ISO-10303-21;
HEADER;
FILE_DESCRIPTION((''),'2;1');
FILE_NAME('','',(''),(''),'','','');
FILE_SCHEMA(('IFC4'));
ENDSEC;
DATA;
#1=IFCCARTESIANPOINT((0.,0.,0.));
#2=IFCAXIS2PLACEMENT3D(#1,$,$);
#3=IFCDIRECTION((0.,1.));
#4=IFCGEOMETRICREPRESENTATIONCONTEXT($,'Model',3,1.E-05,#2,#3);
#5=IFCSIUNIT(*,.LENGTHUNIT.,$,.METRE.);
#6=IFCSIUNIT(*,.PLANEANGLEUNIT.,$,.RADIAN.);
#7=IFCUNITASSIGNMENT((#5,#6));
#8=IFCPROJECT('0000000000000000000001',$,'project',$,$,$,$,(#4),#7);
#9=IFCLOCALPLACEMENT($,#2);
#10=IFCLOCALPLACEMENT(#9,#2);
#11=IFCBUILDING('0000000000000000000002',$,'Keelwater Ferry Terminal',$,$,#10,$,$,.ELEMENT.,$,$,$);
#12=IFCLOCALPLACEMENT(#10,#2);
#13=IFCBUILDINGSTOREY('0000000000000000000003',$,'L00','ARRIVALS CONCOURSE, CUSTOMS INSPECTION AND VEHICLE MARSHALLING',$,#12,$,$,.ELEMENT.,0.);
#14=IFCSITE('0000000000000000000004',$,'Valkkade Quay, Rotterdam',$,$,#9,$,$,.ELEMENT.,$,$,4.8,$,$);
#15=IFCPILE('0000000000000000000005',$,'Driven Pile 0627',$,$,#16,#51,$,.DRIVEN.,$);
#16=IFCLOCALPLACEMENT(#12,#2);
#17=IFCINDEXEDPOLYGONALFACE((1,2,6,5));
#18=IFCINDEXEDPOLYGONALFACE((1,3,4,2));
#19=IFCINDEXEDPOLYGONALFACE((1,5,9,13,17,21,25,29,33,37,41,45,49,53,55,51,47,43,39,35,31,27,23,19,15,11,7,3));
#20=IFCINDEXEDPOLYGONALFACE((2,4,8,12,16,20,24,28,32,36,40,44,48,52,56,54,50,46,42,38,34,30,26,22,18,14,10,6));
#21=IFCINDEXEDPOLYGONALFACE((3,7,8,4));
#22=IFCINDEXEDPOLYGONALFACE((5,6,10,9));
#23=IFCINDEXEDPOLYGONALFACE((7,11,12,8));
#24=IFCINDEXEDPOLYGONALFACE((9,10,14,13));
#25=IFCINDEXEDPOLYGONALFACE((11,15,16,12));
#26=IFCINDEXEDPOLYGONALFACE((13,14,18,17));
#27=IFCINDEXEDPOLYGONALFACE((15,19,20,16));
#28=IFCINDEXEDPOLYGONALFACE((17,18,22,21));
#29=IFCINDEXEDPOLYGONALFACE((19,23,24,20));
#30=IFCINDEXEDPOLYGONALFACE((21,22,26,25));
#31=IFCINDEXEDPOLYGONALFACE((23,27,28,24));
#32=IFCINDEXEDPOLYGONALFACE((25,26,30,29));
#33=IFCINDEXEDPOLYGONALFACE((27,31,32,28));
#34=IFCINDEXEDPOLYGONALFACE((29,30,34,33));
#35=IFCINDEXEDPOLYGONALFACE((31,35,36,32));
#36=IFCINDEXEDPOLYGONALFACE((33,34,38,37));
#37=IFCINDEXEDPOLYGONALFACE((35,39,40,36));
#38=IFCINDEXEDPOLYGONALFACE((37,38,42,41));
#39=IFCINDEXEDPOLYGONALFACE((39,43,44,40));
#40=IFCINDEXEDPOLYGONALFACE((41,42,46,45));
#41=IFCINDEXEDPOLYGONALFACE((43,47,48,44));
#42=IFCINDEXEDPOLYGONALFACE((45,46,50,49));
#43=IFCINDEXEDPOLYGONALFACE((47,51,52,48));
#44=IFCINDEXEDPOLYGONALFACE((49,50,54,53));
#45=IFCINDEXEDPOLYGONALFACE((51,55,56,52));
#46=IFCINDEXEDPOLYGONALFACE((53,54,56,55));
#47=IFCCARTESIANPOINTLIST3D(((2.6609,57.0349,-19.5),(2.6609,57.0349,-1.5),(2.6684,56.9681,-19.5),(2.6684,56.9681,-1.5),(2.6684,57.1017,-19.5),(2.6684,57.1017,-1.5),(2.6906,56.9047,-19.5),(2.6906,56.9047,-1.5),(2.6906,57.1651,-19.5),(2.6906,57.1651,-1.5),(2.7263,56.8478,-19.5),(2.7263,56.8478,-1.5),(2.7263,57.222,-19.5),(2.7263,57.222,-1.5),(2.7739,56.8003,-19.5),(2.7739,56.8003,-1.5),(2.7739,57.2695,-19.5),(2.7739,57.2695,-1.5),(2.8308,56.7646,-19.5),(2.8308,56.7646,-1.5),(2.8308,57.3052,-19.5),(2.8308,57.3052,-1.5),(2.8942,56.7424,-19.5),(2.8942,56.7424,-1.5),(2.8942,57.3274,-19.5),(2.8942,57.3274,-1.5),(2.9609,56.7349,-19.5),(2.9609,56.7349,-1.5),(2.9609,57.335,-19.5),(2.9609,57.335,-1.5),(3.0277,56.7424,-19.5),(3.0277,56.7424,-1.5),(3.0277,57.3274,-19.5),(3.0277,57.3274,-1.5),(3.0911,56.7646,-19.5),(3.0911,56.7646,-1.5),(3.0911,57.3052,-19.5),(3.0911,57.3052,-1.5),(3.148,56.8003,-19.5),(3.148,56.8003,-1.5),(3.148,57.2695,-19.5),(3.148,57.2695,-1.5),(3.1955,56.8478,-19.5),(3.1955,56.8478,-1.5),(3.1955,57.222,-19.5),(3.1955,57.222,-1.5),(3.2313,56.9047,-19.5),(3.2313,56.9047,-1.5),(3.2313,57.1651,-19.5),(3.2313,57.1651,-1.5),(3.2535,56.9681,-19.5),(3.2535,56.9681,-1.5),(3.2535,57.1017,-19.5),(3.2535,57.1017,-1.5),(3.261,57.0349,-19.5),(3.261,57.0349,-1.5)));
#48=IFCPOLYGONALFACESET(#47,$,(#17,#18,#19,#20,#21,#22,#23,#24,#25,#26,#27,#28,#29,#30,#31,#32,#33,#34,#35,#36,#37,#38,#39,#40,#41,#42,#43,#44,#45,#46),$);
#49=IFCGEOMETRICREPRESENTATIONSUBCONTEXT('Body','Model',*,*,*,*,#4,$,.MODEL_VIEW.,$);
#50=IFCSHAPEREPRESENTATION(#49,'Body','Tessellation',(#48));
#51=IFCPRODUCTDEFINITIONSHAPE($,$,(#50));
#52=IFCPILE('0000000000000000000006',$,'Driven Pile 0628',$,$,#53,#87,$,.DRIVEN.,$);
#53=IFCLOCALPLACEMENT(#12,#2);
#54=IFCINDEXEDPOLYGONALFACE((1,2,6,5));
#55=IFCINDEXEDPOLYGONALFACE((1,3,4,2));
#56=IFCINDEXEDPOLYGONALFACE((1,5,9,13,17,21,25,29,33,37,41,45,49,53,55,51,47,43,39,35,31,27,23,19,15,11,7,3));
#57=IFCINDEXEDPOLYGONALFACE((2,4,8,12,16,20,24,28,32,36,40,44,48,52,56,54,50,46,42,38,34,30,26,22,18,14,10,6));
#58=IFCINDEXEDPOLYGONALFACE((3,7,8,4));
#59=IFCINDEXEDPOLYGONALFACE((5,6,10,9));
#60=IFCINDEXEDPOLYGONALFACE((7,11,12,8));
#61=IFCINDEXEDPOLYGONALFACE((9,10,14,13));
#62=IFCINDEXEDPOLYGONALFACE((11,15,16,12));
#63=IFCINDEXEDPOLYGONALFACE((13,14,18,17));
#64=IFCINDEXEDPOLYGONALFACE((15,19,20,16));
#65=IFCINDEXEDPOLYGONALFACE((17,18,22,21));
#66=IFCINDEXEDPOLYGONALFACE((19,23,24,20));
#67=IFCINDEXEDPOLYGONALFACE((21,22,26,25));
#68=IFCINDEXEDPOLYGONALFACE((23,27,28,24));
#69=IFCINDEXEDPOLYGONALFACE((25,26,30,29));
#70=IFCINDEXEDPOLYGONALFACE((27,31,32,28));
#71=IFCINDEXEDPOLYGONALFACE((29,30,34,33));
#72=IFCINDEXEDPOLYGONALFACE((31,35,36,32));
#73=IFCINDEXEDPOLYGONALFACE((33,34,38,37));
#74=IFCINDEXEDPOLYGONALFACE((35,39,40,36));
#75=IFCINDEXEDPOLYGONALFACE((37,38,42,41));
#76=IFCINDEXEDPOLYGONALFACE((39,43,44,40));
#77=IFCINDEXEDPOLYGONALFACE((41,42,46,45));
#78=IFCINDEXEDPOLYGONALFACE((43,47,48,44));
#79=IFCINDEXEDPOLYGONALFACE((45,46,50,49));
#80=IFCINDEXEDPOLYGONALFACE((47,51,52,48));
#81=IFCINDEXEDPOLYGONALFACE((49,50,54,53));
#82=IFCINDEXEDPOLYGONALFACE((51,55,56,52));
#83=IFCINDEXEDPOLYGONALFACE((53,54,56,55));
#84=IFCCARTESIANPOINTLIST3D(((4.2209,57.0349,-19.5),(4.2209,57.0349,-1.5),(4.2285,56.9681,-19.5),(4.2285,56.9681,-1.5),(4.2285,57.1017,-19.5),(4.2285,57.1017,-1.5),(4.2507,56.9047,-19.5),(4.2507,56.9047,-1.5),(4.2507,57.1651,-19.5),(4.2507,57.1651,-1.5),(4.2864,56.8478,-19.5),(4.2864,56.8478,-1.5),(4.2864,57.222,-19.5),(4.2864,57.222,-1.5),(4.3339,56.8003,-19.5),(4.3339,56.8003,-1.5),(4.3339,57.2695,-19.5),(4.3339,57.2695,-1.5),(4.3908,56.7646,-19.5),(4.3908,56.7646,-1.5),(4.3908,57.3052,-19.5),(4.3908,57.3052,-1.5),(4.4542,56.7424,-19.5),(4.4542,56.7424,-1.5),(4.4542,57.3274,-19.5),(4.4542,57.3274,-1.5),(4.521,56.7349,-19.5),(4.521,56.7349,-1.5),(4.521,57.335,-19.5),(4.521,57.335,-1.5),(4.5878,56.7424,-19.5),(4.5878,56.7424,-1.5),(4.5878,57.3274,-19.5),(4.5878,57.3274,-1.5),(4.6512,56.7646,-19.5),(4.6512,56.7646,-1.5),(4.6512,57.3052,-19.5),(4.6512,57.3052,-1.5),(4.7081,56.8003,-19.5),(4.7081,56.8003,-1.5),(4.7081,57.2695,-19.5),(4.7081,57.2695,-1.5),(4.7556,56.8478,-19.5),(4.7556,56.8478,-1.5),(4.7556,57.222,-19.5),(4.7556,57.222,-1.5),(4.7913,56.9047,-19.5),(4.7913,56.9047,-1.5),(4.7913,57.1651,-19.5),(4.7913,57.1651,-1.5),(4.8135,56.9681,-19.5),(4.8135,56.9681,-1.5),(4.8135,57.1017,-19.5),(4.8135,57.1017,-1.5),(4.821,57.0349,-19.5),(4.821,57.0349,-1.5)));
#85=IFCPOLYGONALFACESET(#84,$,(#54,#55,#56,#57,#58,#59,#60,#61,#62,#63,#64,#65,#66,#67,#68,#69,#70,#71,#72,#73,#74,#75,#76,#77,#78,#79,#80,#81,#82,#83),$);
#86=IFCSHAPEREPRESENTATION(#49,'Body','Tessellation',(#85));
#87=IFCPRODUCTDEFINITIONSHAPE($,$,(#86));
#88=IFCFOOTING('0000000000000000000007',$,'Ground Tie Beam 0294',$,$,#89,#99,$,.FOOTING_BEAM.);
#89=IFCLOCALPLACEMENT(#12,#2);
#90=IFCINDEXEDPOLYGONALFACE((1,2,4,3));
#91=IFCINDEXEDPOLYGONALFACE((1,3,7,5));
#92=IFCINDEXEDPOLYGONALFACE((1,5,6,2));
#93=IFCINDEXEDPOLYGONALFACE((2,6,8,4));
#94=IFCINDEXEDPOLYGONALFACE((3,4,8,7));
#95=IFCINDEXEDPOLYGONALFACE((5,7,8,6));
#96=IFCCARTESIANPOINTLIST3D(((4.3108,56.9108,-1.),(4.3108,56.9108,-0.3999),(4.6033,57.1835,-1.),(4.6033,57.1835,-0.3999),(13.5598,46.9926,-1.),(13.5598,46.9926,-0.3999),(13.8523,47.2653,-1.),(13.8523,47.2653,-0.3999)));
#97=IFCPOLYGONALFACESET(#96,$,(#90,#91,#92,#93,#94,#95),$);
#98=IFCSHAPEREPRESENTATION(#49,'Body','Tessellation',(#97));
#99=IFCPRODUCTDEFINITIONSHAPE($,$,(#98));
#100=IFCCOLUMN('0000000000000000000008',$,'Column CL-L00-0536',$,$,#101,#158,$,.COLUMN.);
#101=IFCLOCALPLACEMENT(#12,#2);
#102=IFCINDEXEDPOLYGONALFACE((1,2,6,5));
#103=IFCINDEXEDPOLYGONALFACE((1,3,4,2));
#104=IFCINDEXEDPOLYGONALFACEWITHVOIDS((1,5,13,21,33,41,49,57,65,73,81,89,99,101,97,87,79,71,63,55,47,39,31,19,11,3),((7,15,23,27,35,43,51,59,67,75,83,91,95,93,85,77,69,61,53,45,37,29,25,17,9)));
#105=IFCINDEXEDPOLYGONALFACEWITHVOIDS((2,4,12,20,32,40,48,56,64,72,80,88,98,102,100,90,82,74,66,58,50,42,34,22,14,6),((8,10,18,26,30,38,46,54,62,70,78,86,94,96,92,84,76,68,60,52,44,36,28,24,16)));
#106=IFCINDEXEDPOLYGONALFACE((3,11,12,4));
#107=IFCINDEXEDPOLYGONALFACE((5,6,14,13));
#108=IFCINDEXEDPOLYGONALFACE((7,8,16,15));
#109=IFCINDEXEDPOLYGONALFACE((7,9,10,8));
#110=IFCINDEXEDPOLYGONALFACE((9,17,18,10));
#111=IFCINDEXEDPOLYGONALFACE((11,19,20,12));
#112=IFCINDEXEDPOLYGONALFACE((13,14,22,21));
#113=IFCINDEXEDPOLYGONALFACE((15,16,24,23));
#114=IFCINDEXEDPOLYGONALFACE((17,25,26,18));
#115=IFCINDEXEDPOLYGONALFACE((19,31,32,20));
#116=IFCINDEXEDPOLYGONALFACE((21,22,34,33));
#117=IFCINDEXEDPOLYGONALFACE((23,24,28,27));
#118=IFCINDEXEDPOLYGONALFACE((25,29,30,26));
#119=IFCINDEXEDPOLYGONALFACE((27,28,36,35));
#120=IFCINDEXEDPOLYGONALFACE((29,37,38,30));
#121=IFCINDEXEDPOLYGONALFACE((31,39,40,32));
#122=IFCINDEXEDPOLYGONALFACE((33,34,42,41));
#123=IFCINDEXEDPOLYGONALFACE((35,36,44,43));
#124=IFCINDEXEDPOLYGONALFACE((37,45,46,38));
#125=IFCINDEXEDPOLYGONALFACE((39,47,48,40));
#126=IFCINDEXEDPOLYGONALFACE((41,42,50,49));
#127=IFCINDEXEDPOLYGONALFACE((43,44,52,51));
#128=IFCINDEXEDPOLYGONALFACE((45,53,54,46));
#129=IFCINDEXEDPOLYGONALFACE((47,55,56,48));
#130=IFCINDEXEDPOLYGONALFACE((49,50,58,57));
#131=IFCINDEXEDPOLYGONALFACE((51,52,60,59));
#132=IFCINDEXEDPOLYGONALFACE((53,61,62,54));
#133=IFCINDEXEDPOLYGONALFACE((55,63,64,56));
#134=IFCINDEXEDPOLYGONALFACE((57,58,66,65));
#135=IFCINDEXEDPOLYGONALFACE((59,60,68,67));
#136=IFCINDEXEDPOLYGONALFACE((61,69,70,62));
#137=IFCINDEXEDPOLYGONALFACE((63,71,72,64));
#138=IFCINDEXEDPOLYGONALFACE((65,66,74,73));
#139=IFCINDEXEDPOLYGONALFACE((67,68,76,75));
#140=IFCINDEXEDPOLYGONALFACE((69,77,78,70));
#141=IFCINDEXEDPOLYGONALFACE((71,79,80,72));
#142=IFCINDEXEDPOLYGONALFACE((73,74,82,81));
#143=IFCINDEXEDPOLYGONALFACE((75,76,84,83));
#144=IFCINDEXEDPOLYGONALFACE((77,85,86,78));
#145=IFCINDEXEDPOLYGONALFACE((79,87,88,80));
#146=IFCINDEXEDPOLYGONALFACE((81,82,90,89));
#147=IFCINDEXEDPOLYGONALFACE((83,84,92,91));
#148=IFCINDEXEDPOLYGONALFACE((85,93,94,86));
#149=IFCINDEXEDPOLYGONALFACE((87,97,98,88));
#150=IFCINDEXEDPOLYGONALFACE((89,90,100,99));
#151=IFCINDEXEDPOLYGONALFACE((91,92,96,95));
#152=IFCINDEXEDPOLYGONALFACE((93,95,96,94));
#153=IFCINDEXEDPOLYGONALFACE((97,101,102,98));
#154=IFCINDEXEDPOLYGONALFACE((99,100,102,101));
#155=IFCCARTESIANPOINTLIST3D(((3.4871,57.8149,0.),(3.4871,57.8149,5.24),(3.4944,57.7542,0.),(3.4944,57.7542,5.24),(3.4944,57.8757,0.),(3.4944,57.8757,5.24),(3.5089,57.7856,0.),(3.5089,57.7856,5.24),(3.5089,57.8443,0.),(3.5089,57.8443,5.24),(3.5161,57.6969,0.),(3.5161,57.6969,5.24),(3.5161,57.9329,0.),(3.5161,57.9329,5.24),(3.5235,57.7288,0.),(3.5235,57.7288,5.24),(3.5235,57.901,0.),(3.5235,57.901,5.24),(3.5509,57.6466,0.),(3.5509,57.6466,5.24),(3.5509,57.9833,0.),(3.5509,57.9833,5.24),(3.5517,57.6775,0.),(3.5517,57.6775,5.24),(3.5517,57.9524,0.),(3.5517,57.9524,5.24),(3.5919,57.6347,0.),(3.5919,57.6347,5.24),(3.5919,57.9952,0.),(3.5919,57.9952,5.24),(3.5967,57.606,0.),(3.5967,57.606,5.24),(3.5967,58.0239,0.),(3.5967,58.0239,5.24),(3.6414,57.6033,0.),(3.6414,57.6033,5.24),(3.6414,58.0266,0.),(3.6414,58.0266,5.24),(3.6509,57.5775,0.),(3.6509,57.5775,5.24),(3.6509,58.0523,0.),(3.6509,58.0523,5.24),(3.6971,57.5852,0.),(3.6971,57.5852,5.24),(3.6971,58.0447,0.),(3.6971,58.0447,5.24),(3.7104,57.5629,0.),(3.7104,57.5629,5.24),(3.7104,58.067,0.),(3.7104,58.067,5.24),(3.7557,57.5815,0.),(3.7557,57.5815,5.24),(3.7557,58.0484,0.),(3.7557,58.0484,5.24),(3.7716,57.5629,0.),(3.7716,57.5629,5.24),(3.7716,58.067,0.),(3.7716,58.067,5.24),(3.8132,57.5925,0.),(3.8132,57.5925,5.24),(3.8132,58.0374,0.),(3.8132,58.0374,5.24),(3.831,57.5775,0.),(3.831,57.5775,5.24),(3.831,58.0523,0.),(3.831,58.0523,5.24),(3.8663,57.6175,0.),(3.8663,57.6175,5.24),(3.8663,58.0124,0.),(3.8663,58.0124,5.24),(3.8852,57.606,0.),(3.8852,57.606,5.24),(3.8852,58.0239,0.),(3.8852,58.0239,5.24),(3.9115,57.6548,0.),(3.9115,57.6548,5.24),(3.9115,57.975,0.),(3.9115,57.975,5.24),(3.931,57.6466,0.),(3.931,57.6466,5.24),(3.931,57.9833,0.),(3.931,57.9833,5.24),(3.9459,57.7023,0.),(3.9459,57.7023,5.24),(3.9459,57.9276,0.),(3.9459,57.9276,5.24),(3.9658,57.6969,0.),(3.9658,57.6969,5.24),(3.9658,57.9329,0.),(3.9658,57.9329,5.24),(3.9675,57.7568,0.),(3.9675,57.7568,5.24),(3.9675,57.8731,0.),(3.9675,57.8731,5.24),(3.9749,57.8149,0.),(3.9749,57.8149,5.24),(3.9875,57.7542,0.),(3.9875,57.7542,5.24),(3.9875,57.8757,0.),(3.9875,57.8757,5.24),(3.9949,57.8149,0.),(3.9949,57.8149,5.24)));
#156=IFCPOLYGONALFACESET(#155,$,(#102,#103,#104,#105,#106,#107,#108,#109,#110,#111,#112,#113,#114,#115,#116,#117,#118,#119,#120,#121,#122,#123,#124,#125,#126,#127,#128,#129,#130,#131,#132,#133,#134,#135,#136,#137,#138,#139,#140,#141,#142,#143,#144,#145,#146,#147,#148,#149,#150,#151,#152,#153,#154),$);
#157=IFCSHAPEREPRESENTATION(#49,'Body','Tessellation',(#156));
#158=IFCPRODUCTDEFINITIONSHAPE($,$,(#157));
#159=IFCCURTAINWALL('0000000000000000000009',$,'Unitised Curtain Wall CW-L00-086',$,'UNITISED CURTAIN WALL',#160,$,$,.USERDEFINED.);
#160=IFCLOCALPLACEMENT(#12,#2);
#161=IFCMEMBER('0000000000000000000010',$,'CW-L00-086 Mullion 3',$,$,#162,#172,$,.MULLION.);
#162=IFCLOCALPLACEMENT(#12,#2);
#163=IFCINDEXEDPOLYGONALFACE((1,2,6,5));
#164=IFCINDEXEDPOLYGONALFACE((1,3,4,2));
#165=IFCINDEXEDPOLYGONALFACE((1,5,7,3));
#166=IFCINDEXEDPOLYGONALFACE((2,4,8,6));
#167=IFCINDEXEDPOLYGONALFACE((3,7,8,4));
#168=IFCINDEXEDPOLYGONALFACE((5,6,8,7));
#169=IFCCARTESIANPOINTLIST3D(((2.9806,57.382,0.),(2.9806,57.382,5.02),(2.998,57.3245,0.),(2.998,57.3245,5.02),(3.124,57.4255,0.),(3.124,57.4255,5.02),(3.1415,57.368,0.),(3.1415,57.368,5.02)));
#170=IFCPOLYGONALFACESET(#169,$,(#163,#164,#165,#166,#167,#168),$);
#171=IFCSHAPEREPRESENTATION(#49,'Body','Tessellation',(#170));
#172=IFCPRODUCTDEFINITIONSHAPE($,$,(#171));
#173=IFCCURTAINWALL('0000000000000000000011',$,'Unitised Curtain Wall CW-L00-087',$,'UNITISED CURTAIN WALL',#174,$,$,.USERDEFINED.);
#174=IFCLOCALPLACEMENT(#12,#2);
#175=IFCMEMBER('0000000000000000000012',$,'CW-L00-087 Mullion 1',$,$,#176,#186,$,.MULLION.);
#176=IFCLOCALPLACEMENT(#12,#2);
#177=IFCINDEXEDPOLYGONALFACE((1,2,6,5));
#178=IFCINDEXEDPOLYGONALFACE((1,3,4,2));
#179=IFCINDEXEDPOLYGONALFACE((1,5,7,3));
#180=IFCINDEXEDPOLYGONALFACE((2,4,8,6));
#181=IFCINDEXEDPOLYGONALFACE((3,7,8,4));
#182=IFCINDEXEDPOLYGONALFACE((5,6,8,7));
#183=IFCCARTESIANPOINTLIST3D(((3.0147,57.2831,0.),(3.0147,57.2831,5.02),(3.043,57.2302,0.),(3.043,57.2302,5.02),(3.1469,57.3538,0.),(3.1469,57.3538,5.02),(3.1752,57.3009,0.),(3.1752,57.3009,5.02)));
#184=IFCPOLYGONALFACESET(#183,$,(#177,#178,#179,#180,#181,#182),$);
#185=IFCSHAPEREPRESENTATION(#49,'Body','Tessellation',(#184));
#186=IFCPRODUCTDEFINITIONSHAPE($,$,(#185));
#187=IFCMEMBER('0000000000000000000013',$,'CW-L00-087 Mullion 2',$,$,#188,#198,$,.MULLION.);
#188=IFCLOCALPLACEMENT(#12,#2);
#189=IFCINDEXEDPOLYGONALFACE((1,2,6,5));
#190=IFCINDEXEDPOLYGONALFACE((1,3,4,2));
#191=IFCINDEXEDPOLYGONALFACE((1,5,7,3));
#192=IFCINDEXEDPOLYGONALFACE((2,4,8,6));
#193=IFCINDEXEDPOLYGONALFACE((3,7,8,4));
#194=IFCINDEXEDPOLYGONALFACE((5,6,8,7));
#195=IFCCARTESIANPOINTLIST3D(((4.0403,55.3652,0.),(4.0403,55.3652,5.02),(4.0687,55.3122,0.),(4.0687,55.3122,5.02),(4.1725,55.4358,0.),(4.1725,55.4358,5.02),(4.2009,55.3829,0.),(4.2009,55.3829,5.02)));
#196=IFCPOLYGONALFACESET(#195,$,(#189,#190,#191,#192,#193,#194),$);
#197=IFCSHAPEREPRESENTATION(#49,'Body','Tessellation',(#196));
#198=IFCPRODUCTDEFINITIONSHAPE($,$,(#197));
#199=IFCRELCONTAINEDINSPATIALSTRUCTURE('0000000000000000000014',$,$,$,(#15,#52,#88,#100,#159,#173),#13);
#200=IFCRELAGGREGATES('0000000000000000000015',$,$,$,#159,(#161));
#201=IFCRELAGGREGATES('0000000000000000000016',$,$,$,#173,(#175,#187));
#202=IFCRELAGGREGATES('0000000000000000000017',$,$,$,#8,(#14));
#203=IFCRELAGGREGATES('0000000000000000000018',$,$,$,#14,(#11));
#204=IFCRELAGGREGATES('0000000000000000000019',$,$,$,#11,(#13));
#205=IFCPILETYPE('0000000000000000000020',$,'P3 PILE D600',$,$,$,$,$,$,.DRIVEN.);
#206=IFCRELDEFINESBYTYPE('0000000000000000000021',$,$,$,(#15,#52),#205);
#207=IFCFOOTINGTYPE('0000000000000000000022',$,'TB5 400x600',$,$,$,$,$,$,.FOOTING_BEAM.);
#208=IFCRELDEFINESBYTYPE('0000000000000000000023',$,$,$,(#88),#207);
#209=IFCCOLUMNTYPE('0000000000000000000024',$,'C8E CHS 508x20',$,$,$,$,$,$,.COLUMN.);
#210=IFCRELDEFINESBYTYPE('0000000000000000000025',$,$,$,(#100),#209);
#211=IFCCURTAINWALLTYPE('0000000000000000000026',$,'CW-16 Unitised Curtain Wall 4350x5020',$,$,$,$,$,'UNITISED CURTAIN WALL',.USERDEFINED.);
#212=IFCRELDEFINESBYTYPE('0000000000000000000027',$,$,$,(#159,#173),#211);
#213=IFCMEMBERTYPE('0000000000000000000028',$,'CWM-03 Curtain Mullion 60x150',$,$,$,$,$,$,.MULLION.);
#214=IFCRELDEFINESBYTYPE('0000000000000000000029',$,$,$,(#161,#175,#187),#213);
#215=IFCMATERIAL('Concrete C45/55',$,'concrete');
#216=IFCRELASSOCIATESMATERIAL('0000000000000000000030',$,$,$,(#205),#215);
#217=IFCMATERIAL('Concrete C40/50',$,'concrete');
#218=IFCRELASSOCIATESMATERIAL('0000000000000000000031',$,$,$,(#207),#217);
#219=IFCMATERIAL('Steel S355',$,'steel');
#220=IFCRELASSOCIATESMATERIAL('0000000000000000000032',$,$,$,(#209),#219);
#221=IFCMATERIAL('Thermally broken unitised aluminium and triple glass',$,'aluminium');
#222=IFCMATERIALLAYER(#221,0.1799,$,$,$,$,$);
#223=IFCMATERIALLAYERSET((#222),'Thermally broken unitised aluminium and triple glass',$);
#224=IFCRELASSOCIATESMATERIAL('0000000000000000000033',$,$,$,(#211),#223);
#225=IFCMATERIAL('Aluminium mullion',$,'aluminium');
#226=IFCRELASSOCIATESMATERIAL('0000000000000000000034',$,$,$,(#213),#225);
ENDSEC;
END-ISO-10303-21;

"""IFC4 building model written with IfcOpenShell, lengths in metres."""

from ifc_helpers import new_model, si_unit, direction, frame, origin, origin_2d, place, context, subcontext, project, spatial, rectangle, circle, hollow_circle, extrude, material, layer, layer_set, material_profile, profile_set, type_object, element, aggregate, save


model = new_model("IFC4")

# Units and contexts
model_context = context("Model", 3, precision=1e-05, world=origin(), true_north=direction((0.0, 1.0)))
body_context = subcontext(model_context, "Body", "Model", "MODEL_VIEW")
ifc_project = project(units=[si_unit("LENGTHUNIT", "METRE"), si_unit("PLANEANGLEUNIT", "RADIAN")], contexts=[model_context])

# Site, building, storey
site_placement = place(None, origin())
site = spatial("IfcSite", under=ifc_project, at=site_placement, Name="Valkkade Quay, Rotterdam", CompositionType="ELEMENT", RefElevation=4.8)
building_placement = place(site_placement, origin())
building = spatial("IfcBuilding", under=site, at=building_placement, Name="Keelwater Ferry Terminal", CompositionType="ELEMENT")
storey_placement = place(building_placement, origin())
storey = spatial("IfcBuildingStorey", under=building, at=storey_placement, Name="L00", Description="ARRIVALS CONCOURSE, CUSTOMS INSPECTION AND VEHICLE MARSHALLING", CompositionType="ELEMENT", Elevation=0.0)

# Piles
ifc_material_1 = material(Name="Concrete C45/55", Category="concrete")
ifc_material_profile_1 = material_profile(ifc_material_1, circle(Radius=0.3, at=origin_2d()), Name="PILE D600")
ifc_profile_set_1 = profile_set([ifc_material_profile_1], Name="Concrete C45/55")
pile_type = type_object("IfcPileType", Name="P3 PILE D600", PredefinedType="DRIVEN", material=ifc_profile_set_1)
for number, where, z_axis, x_axis, name in (
    (1, (2.9609, 57.0349, -1.5), (0.0, 0.0, -1.0), (1.0, 0.0, 0.0), "Driven Pile 0627"),
    (2, (4.521, 57.0349, -1.5), (0.0, 0.0, -1.0), (1.0, 0.0, 0.0), "Driven Pile 0628"),
):
    element("IfcPile", number, at=place(storey_placement, frame(where, z_axis=z_axis, x_axis=x_axis)), inside=storey, type_object=pile_type, Name=name, PredefinedType="DRIVEN", context=body_context, shape_type="SweptSolid", body=[
        extrude(circle(Radius=0.3, at=origin_2d()), origin(), (0.0, 0.0, 1.0), 18.0),
    ])

# Footing
ifc_material_2 = material(Name="Concrete C40/50", Category="concrete")
ifc_material_profile_2 = material_profile(ifc_material_2, rectangle(XDim=0.3999, YDim=0.6001, at=origin_2d()), Name="TB 400x600")
ifc_profile_set_2 = profile_set([ifc_material_profile_2], Name="Concrete C40/50")
footing_type = type_object("IfcFootingType", Name="TB5 400x600", PredefinedType="FOOTING_BEAM", material=ifc_profile_set_2)
footing_placement = place(storey_placement, frame((4.457, 57.0471, -0.7), z_axis=(0.682004, -0.731349, 0.0), x_axis=(0.731349, 0.682004, 0.0)))
element("IfcFooting", 3, at=footing_placement, inside=storey, type_object=footing_type, Name="Ground Tie Beam 0294", PredefinedType="FOOTING_BEAM", context=body_context, shape_type="SweptSolid", body=[
    extrude(rectangle(XDim=0.3999, YDim=0.6001, at=origin_2d()), origin(), (0.0, 0.0, 1.0), 13.5615),
])

# Column
ifc_material_3 = material(Name="Steel S355", Category="steel")
ifc_material_profile_3 = material_profile(ifc_material_3, hollow_circle(Radius=0.2539, WallThickness=0.02, at=origin_2d()), Name="CHS 508x20")
ifc_profile_set_3 = profile_set([ifc_material_profile_3], Name="Steel S355")
column_type = type_object("IfcColumnType", Name="C8E CHS 508x20", PredefinedType="COLUMN", material=ifc_profile_set_3)
column_placement = place(storey_placement, frame((3.741, 57.8149, 0.0), z_axis=(0.0, 0.0, 1.0), x_axis=(1.0, 0.0, 0.0)))
element("IfcColumn", 4, at=column_placement, inside=storey, type_object=column_type, Name="Column CL-L00-0536", PredefinedType="COLUMN", context=body_context, shape_type="SweptSolid", body=[
    extrude(hollow_circle(Radius=0.2539, WallThickness=0.02, at=origin_2d()), origin(), (0.0, 0.0, 1.0), 5.24),
])

# Curtain wall, member
ifc_material_4 = material(Name="Thermally broken unitised aluminium and triple glass", Category="aluminium")
ifc_layer_1 = layer(ifc_material_4, 0.1799)
ifc_layer_set_1 = layer_set([ifc_layer_1], Name="Thermally broken unitised aluminium and triple glass")
curtain_wall_type = type_object("IfcCurtainWallType", Name="CW-16 Unitised Curtain Wall 4350x5020", ElementType="UNITISED CURTAIN WALL", PredefinedType="USERDEFINED", material=ifc_layer_set_1)
curtain_wall_1_placement = place(storey_placement, origin())
curtain_wall_1 = element("IfcCurtainWall", 5, at=curtain_wall_1_placement, inside=storey, type_object=curtain_wall_type, Name="Unitised Curtain Wall CW-L00-086", ObjectType="UNITISED CURTAIN WALL", PredefinedType="USERDEFINED")
ifc_material_5 = material(Name="Aluminium mullion", Category="aluminium")
ifc_material_profile_4 = material_profile(ifc_material_5, rectangle(XDim=0.0601, YDim=0.1499, at=origin_2d()), Name="CWM-03")
ifc_profile_set_4 = profile_set([ifc_material_profile_4], Name="Aluminium mullion")
member_type_1 = type_object("IfcMemberType", Name="CWM-03 Curtain Mullion 60x150", PredefinedType="MULLION", material=ifc_profile_set_4)
member_1_placement = place(storey_placement, frame((3.061, 57.375, 0.0), z_axis=(0.0, 0.0, 1.0), x_axis=(0.29032, -0.95693, 0.0)))
member_1 = element("IfcMember", 6, at=member_1_placement, type_object=member_type_1, Name="CW-L00-086 Mullion 3", PredefinedType="MULLION", context=body_context, shape_type="SweptSolid", body=[
    extrude(rectangle(XDim=0.0601, YDim=0.1499, at=origin_2d()), origin(), (0.0, 0.0, 1.0), 5.02),
])

# Curtain wall, members
curtain_wall_2_placement = place(storey_placement, origin())
curtain_wall_2 = element("IfcCurtainWall", 7, at=curtain_wall_2_placement, inside=storey, type_object=curtain_wall_type, Name="Unitised Curtain Wall CW-L00-087", ObjectType="UNITISED CURTAIN WALL", PredefinedType="USERDEFINED")
member_2_placement = place(storey_placement, frame((3.095, 57.292, 0.0), z_axis=(0.0, 0.0, 1.0), x_axis=(0.471507, -0.881862, 0.0)))
member_2 = element("IfcMember", 8, at=member_2_placement, type_object=member_type_1, Name="CW-L00-087 Mullion 1", PredefinedType="MULLION", context=body_context, shape_type="SweptSolid", body=[
    extrude(rectangle(XDim=0.0601, YDim=0.1499, at=origin_2d()), origin(), (0.0, 0.0, 1.0), 5.02),
])
member_3_placement = place(storey_placement, frame((4.1206, 55.374, 0.0), z_axis=(0.0, 0.0, 1.0), x_axis=(0.471507, -0.881862, 0.0)))
member_3 = element("IfcMember", 9, at=member_3_placement, type_object=member_type_1, Name="CW-L00-087 Mullion 2", PredefinedType="MULLION", context=body_context, shape_type="SweptSolid", body=[
    extrude(rectangle(XDim=0.0601, YDim=0.1499, at=origin_2d()), origin(), (0.0, 0.0, 1.0), 5.02),
])

aggregate(curtain_wall_1, [member_1])
aggregate(curtain_wall_2, [member_2, member_3])

save(model, "model.ifc")
